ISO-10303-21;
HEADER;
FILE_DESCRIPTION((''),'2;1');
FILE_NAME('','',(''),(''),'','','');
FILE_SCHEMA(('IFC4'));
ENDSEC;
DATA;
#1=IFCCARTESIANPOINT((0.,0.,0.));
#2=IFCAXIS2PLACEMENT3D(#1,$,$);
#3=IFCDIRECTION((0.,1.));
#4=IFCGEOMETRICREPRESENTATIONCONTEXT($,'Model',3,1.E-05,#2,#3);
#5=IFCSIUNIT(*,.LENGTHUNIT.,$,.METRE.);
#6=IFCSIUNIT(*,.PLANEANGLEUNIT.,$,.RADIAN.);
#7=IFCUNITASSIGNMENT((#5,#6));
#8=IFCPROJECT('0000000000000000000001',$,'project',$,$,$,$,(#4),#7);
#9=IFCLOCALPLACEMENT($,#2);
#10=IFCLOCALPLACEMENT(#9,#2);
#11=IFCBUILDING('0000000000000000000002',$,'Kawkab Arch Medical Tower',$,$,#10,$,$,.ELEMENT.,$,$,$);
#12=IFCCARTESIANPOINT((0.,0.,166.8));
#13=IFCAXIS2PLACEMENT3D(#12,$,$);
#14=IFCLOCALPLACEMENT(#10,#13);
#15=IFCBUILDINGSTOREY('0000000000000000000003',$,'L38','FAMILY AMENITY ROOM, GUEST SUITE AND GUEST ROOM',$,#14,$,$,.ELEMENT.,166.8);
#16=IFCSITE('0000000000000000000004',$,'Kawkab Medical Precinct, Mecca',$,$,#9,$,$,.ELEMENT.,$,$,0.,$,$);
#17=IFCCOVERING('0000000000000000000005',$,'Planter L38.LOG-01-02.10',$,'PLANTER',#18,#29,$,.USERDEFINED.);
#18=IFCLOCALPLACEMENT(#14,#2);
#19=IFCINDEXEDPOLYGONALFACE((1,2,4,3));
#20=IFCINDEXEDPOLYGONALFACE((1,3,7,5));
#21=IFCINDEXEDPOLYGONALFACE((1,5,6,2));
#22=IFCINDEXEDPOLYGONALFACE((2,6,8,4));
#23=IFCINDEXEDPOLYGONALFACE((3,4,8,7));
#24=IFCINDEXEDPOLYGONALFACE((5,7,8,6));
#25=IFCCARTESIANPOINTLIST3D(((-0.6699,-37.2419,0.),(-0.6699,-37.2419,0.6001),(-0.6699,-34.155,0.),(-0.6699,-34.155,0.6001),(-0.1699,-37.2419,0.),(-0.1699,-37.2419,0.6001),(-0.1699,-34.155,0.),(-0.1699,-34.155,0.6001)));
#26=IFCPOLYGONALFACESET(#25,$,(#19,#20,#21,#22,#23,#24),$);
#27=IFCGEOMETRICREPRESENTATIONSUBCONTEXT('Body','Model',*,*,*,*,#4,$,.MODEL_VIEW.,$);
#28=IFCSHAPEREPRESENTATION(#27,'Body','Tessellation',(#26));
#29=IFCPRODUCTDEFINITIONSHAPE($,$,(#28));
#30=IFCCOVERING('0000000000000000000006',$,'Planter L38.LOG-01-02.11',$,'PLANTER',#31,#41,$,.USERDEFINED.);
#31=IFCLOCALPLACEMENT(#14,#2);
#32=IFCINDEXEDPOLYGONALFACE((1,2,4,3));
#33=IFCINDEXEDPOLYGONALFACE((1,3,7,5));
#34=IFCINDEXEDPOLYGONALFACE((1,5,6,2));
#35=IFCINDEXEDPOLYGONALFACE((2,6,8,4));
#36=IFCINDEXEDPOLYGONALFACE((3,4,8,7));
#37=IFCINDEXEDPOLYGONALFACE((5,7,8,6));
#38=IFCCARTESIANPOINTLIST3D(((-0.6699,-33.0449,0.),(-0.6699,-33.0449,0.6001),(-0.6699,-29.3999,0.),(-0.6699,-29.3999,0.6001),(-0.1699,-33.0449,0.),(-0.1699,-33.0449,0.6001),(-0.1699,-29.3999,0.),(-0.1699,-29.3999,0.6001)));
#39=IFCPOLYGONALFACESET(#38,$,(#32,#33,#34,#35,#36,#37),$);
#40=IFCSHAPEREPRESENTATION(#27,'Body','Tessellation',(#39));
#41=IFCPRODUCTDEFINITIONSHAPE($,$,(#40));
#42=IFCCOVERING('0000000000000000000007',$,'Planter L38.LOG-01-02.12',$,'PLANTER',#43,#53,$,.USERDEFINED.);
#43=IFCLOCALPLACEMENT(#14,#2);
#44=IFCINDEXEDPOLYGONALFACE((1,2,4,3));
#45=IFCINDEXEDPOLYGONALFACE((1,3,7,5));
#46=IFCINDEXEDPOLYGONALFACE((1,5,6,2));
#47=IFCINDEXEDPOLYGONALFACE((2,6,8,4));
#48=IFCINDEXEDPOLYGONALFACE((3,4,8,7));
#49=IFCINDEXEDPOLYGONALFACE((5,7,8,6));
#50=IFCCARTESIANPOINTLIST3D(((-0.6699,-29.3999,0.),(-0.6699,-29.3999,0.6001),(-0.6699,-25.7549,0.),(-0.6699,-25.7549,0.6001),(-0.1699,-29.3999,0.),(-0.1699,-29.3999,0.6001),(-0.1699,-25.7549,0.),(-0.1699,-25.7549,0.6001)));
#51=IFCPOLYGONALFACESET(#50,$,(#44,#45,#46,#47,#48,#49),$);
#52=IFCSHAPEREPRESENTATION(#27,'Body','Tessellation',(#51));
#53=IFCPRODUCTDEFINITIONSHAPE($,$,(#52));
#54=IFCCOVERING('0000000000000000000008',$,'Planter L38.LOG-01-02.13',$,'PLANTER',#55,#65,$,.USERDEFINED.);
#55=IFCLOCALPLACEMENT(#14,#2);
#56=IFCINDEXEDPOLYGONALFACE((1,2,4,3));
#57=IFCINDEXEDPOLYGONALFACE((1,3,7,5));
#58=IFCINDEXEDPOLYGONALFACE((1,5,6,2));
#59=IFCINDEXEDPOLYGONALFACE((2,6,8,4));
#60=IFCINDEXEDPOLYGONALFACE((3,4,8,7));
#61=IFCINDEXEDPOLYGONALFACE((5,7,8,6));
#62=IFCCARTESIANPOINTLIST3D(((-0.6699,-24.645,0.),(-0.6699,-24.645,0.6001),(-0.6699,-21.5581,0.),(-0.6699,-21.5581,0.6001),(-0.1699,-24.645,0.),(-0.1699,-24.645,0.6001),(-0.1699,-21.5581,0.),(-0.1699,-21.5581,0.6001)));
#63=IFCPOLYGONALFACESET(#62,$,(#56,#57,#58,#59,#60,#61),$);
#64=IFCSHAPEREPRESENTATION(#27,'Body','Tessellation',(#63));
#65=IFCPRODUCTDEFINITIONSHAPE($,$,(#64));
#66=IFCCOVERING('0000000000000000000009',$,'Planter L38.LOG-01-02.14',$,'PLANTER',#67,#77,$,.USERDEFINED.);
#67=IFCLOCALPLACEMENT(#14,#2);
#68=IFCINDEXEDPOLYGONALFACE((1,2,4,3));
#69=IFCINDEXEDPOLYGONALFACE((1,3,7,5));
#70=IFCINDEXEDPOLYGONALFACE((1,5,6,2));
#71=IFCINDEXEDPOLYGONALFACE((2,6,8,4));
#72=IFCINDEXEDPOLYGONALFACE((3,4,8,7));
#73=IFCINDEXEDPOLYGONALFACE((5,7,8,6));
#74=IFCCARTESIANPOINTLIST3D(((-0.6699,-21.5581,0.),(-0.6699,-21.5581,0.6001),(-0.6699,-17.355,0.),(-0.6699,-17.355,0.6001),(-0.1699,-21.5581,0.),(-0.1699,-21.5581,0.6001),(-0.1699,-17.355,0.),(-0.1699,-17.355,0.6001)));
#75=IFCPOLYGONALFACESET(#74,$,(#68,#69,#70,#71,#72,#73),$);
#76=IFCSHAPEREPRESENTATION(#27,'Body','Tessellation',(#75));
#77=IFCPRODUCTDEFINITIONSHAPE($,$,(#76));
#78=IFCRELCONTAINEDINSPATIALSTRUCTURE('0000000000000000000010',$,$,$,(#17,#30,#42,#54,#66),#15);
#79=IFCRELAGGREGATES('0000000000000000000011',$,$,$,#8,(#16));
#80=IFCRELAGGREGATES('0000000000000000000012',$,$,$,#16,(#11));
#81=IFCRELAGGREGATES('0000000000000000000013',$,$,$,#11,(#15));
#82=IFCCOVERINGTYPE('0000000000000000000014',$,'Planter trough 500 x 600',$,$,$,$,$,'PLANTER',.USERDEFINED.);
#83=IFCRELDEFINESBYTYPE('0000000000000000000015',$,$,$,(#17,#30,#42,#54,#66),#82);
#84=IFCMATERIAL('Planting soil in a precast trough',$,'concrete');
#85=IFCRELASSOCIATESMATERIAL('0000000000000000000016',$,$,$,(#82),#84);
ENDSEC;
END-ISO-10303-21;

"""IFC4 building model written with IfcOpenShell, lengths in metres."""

from ifc_helpers import new_model, si_unit, direction, frame, origin, origin_2d, place, context, subcontext, project, spatial, rectangle, extrude, material, material_profile, profile_set, type_object, element, save


model = new_model("IFC4")

# Units and contexts
model_context = context("Model", 3, precision=1e-05, world=origin(), true_north=direction((0.0, 1.0)))
body_context = subcontext(model_context, "Body", "Model", "MODEL_VIEW")
ifc_project = project(units=[si_unit("LENGTHUNIT", "METRE"), si_unit("PLANEANGLEUNIT", "RADIAN")], contexts=[model_context])

# Site, building, storey
site_placement = place(None, origin())
site = spatial("IfcSite", under=ifc_project, at=site_placement, Name="Kawkab Medical Precinct, Mecca", CompositionType="ELEMENT", RefElevation=0.0)
building_placement = place(site_placement, origin())
building = spatial("IfcBuilding", under=site, at=building_placement, Name="Kawkab Arch Medical Tower", CompositionType="ELEMENT")
storey_placement = place(building_placement, frame((0.0, 0.0, 166.8)))
storey = spatial("IfcBuildingStorey", under=building, at=storey_placement, Name="L38", Description="FAMILY AMENITY ROOM, GUEST SUITE AND GUEST ROOM", CompositionType="ELEMENT", Elevation=166.8)

# Coverings
ifc_material_1 = material(Name="Planting soil in a precast trough", Category="concrete")
ifc_material_profile_1 = material_profile(ifc_material_1, rectangle(XDim=0.5, YDim=0.6001, at=origin_2d()), Name="Trough 500x600")
ifc_profile_set_1 = profile_set([ifc_material_profile_1], Name="Planting soil in a precast trough")
covering_type_1 = type_object("IfcCoveringType", Name="Planter trough 500 x 600", ElementType="PLANTER", PredefinedType="USERDEFINED", material=ifc_profile_set_1)
covering_1_placement = place(storey_placement, frame((-0.4199, -37.2419, 0.3), z_axis=(0.0, 1.0, 0.0), x_axis=(-1.0, 0.0, 0.0)))
element("IfcCovering", 1, at=covering_1_placement, inside=storey, type_object=covering_type_1, Name="Planter L38.LOG-01-02.10", ObjectType="PLANTER", PredefinedType="USERDEFINED", context=body_context, shape_type="SweptSolid", body=[
    extrude(rectangle(XDim=0.5, YDim=0.6001, at=origin_2d()), origin(), (0.0, 0.0, 1.0), 3.0869),
])
for number, where, z_axis, x_axis, name in (
    (2, (-0.4199, -33.0449, 0.3), (0.0, 1.0, 0.0), (-1.0, 0.0, 0.0), "Planter L38.LOG-01-02.11"),
    (3, (-0.4199, -29.3999, 0.3), (0.0, 1.0, 0.0), (-1.0, 0.0, 0.0), "Planter L38.LOG-01-02.12"),
):
    element("IfcCovering", number, at=place(storey_placement, frame(where, z_axis=z_axis, x_axis=x_axis)), inside=storey, type_object=covering_type_1, Name=name, ObjectType="PLANTER", PredefinedType="USERDEFINED", context=body_context, shape_type="SweptSolid", body=[
        extrude(rectangle(XDim=0.5, YDim=0.6001, at=origin_2d()), origin(), (0.0, 0.0, 1.0), 3.645),
    ])
covering_2_placement = place(storey_placement, frame((-0.4199, -24.645, 0.3), z_axis=(0.0, 1.0, 0.0), x_axis=(-1.0, 0.0, 0.0)))
element("IfcCovering", 4, at=covering_2_placement, inside=storey, type_object=covering_type_1, Name="Planter L38.LOG-01-02.13", ObjectType="PLANTER", PredefinedType="USERDEFINED", context=body_context, shape_type="SweptSolid", body=[
    extrude(rectangle(XDim=0.5, YDim=0.6001, at=origin_2d()), origin(), (0.0, 0.0, 1.0), 3.0869),
])
covering_3_placement = place(storey_placement, frame((-0.4199, -21.5581, 0.3), z_axis=(0.0, 1.0, 0.0), x_axis=(-1.0, 0.0, 0.0)))
element("IfcCovering", 5, at=covering_3_placement, inside=storey, type_object=covering_type_1, Name="Planter L38.LOG-01-02.14", ObjectType="PLANTER", PredefinedType="USERDEFINED", context=body_context, shape_type="SweptSolid", body=[
    extrude(rectangle(XDim=0.5, YDim=0.6001, at=origin_2d()), origin(), (0.0, 0.0, 1.0), 4.2031),
])

save(model, "model.ifc")
